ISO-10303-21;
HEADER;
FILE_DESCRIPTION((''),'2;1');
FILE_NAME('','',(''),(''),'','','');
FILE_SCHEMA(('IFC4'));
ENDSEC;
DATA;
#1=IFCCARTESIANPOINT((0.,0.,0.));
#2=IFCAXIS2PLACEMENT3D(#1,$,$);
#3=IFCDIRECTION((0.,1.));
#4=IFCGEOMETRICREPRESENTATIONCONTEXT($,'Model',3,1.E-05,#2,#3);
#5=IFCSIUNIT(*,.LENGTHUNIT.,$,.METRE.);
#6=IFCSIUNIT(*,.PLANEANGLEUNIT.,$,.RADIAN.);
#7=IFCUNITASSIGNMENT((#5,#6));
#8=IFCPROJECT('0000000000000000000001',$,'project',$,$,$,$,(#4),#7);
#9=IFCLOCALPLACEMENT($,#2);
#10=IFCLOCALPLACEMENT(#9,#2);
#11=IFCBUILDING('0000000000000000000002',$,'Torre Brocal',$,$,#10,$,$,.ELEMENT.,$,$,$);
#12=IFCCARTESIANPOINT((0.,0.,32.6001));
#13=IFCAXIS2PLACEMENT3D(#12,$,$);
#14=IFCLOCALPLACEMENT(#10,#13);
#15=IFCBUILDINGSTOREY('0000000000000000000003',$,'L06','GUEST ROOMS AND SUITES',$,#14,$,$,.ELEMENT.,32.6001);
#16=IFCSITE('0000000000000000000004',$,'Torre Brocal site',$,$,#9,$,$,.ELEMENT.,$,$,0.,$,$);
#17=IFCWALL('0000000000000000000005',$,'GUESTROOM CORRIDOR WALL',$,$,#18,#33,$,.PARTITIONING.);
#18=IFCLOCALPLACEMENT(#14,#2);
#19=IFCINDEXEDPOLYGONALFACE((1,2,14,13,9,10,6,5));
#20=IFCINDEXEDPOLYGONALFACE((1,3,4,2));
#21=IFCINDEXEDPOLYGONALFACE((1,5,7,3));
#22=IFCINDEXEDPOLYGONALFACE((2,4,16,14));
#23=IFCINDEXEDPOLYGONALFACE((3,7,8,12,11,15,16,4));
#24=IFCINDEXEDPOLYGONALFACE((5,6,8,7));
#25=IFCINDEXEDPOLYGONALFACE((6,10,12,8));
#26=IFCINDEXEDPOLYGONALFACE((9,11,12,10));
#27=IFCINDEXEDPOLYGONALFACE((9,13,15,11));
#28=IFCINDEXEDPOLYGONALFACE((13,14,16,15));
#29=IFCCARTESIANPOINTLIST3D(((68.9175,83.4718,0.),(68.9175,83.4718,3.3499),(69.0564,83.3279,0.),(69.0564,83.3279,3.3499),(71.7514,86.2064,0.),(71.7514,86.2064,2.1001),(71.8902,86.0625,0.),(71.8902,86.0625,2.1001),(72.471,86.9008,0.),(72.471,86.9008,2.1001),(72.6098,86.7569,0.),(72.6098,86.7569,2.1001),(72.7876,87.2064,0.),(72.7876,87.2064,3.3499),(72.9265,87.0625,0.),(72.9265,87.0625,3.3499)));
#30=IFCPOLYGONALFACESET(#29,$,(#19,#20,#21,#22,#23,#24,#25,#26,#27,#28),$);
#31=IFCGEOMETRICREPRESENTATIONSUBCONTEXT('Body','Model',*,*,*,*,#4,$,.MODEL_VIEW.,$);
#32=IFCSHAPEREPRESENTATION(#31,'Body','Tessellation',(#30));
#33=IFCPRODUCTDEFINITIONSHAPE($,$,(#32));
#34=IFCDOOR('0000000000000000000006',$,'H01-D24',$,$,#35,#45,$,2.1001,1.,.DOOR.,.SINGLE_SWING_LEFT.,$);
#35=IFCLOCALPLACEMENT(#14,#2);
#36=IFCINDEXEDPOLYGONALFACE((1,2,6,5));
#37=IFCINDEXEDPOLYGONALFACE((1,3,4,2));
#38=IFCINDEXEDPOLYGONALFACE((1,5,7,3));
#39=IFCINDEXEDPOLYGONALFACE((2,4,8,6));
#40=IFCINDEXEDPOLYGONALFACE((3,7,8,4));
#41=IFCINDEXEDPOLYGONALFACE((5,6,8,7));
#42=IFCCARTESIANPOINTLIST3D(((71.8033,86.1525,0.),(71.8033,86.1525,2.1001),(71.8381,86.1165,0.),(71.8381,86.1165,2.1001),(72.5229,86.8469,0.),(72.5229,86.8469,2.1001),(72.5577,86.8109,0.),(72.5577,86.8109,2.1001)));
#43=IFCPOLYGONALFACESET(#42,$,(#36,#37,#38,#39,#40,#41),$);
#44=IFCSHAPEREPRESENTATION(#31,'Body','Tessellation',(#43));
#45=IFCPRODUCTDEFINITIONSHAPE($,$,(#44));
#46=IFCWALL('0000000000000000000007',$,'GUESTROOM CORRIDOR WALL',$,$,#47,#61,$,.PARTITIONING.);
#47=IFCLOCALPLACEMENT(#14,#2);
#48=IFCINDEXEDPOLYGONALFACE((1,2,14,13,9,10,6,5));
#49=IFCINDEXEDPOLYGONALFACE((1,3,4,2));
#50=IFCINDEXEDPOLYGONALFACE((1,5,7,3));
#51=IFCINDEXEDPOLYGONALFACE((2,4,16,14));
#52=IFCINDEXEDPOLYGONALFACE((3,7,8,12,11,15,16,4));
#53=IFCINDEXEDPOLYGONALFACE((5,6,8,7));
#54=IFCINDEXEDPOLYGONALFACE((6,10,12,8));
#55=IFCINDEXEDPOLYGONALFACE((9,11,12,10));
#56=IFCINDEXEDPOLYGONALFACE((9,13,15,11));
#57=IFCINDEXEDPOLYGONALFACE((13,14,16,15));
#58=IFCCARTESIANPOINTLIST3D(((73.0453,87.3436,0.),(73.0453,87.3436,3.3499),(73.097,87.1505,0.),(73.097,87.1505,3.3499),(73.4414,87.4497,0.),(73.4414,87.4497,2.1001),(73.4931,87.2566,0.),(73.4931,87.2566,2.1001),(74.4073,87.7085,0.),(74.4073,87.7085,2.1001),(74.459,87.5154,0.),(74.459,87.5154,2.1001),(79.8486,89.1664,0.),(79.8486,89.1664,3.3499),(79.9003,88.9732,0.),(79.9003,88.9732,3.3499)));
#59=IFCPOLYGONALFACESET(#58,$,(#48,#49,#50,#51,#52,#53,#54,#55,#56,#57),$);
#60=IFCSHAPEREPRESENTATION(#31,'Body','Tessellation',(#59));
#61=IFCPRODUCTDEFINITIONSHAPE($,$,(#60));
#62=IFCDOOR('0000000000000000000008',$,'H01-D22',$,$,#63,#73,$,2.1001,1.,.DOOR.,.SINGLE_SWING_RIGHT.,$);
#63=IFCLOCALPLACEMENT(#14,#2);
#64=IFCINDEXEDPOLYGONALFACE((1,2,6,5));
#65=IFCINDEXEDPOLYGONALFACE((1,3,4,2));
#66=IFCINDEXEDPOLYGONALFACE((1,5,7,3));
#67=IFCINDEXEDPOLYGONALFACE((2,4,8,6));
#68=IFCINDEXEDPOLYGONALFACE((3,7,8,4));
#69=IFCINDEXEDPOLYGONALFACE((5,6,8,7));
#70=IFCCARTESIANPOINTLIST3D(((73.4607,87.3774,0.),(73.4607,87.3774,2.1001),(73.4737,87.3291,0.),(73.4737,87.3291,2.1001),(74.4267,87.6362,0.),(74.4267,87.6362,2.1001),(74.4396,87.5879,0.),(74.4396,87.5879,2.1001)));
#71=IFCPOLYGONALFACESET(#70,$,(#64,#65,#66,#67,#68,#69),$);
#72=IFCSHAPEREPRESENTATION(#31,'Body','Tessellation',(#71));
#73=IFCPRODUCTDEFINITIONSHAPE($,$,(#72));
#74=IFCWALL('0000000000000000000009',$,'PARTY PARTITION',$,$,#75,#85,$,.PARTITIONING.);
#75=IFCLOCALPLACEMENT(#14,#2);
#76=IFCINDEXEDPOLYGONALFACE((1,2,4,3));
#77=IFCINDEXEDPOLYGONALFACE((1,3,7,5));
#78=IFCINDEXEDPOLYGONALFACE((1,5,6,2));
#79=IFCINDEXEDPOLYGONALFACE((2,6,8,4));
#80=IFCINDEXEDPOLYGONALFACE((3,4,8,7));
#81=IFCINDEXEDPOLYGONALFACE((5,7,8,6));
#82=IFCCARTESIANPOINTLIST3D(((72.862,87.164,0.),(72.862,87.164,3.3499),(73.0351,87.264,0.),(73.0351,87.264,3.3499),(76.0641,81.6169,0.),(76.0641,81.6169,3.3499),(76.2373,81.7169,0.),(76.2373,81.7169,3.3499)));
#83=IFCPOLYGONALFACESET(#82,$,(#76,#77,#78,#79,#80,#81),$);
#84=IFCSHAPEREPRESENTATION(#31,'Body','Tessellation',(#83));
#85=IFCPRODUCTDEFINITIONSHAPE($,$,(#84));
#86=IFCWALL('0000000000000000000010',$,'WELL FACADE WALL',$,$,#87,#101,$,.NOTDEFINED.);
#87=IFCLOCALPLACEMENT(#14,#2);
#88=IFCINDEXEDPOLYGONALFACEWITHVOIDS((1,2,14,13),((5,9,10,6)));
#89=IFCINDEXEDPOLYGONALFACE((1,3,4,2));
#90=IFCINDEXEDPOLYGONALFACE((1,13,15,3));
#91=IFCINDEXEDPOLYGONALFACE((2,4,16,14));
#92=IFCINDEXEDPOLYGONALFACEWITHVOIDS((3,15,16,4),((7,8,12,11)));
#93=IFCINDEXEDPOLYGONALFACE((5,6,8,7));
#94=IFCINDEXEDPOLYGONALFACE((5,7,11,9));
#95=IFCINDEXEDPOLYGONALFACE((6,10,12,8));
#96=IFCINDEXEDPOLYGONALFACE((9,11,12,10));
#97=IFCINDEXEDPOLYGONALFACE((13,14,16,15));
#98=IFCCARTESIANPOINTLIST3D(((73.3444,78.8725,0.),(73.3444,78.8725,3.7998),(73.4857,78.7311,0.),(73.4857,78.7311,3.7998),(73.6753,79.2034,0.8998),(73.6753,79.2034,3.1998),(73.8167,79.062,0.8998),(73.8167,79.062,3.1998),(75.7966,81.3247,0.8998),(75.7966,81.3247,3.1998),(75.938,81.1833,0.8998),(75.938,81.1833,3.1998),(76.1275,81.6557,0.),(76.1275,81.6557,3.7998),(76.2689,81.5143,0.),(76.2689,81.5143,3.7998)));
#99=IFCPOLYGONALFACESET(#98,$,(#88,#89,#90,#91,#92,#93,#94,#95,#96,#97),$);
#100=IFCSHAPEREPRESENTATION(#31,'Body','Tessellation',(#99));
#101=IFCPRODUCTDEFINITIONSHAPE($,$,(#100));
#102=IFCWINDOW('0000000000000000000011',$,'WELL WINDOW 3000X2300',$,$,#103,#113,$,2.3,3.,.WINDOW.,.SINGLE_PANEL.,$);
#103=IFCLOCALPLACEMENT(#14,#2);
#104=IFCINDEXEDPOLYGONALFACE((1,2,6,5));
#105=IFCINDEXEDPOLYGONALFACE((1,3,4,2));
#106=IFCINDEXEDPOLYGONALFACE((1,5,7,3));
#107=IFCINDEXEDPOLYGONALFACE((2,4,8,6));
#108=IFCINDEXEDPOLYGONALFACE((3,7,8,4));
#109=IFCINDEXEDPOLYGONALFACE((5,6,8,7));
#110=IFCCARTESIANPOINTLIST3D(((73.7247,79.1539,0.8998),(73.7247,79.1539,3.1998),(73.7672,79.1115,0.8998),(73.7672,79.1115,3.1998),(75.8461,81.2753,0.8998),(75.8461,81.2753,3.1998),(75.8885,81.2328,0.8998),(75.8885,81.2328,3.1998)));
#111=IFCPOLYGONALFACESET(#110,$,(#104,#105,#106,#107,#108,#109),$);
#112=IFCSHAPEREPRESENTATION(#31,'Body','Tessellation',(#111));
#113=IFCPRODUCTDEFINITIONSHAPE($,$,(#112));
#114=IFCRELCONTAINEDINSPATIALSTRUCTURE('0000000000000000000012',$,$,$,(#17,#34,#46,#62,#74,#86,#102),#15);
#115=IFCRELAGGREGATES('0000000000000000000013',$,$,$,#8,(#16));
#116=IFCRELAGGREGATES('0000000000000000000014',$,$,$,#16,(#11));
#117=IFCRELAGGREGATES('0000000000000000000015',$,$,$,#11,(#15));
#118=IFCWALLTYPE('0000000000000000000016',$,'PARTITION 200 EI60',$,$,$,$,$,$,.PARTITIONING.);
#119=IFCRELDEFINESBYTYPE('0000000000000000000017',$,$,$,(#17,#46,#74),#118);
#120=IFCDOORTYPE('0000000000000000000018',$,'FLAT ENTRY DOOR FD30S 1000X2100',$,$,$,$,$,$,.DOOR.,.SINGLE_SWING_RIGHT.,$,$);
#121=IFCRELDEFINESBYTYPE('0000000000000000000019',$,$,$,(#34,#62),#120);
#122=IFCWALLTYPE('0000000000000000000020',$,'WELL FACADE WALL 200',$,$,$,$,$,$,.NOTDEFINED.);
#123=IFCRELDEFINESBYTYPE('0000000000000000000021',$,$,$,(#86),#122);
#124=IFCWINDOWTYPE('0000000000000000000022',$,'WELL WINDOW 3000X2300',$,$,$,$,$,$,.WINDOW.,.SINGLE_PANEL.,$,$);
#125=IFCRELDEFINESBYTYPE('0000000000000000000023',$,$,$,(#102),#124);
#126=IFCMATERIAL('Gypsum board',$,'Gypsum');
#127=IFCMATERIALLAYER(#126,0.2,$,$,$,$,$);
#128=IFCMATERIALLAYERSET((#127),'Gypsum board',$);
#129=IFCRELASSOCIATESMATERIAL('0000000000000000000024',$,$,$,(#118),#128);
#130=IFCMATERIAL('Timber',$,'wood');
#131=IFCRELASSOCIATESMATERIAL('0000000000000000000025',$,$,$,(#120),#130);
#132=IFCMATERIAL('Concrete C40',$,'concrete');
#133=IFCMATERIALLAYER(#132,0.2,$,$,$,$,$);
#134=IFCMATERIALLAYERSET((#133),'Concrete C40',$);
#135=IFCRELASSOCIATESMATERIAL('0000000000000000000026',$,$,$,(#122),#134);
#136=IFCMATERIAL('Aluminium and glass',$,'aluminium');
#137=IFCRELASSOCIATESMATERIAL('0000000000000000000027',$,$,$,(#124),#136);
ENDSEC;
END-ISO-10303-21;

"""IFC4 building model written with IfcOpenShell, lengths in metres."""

from ifc_helpers import new_model, si_unit, direction, frame, frame_2d, origin, place, context, subcontext, project, spatial, rectangle, extrude, material, layer, layer_set, type_object, element, fill, save


model = new_model("IFC4")

# Units and contexts
model_context = context("Model", 3, precision=1e-05, world=origin(), true_north=direction((0.0, 1.0)))
body_context = subcontext(model_context, "Body", "Model", "MODEL_VIEW")
ifc_project = project(units=[si_unit("LENGTHUNIT", "METRE"), si_unit("PLANEANGLEUNIT", "RADIAN")], contexts=[model_context])

# Site, building, storey
site_placement = place(None, origin())
site = spatial("IfcSite", under=ifc_project, at=site_placement, Name="Torre Brocal site", CompositionType="ELEMENT", RefElevation=0.0)
building_placement = place(site_placement, origin())
building = spatial("IfcBuilding", under=site, at=building_placement, Name="Torre Brocal", CompositionType="ELEMENT")
storey_placement = place(building_placement, frame((0.0, 0.0, 32.6001)))
storey = spatial("IfcBuildingStorey", under=building, at=storey_placement, Name="L06", Description="GUEST ROOMS AND SUITES", CompositionType="ELEMENT", Elevation=32.6001)

# Walls, openings, doors
ifc_material_1 = material(Name="Gypsum board", Category="Gypsum")
ifc_layer_1 = layer(ifc_material_1, 0.2)
ifc_layer_set_1 = layer_set([ifc_layer_1], Name="Gypsum board")
wall_type_1 = type_object("IfcWallType", Name="PARTITION 200 EI60", PredefinedType="PARTITIONING", material=ifc_layer_set_1)
ifc_material_2 = material(Name="Timber", Category="wood")
door_type_1 = type_object("IfcDoorType", Name="FLAT ENTRY DOOR FD30S 1000X2100", OperationType="SINGLE_SWING_RIGHT", PredefinedType="DOOR", material=ifc_material_2)
wall_1_placement = place(storey_placement, frame((68.9871, 83.3999, 0.0), z_axis=(0.0, 0.0, 1.0), x_axis=(0.719592, 0.694398, 0.0)))
wall_1 = element("IfcWall", 1, at=wall_1_placement, inside=storey, type_object=wall_type_1, Name="GUESTROOM CORRIDOR WALL", PredefinedType="PARTITIONING", context=body_context, shape_type="SweptSolid", body=[
    extrude(rectangle(XDim=5.3782, YDim=0.2, at=frame_2d((2.689, 0.0))), origin(), (0.0, 0.0, 1.0), 3.3499),
])
opening_1_placement = place(wall_1_placement, frame((3.938, 0.0, 0.0)))
opening_1 = element("IfcOpeningElement", 2, at=opening_1_placement, cuts=wall_1, PredefinedType="OPENING", context=body_context, shape_type="SweptSolid", body=[
    extrude(rectangle(XDim=1.0, YDim=2.1001, at=frame_2d((0.5, 1.05))), frame((0.0, 0.1099, 0.0), z_axis=(0.0, -1.0, 0.0), x_axis=(1.0, 0.0, 0.0)), (0.0, 0.0, 1.0), 0.22),
])
door_1_placement = place(opening_1_placement, frame((1.0, 0.0, 0.0), z_axis=(0.0, 0.0, 1.0), x_axis=(-1.0, 0.0, 0.0)))
door_1 = element("IfcDoor", 3, at=door_1_placement, inside=storey, type_object=door_type_1, Name="H01-D24", OperationType="SINGLE_SWING_LEFT", OverallHeight=2.1001, OverallWidth=1.0, PredefinedType="DOOR", context=body_context, shape_type="SweptSolid", body=[
    extrude(rectangle(XDim=1.0, YDim=2.1001, at=frame_2d((0.5, 1.05))), frame((0.0, 0.0249, 0.0), z_axis=(0.0, -1.0, 0.0), x_axis=(1.0, 0.0, 0.0)), (0.0, 0.0, 1.0), 0.05),
])
fill(opening_1, door_1)
wall_2_placement = place(storey_placement, frame((73.0713, 87.2471, 0.0), z_axis=(0.0, 0.0, 1.0), x_axis=(0.965932, 0.258797, 0.0)))
wall_2 = element("IfcWall", 4, at=wall_2_placement, inside=storey, type_object=wall_type_1, Name="GUESTROOM CORRIDOR WALL", PredefinedType="PARTITIONING", context=body_context, shape_type="SweptSolid", body=[
    extrude(rectangle(XDim=7.0432, YDim=0.2, at=frame_2d((3.5215, 0.0))), origin(), (0.0, 0.0, 1.0), 3.3499),
])
opening_2_placement = place(wall_2_placement, frame((0.4099, 0.0, 0.0)))
opening_2 = element("IfcOpeningElement", 5, at=opening_2_placement, cuts=wall_2, PredefinedType="OPENING", context=body_context, shape_type="SweptSolid", body=[
    extrude(rectangle(XDim=1.0, YDim=2.1001, at=frame_2d((0.5, 1.05))), frame((0.0, 0.1099, 0.0), z_axis=(0.0, -1.0, 0.0), x_axis=(1.0, 0.0, 0.0)), (0.0, 0.0, 1.0), 0.22),
])
door_2_placement = place(opening_2_placement, frame((1.0, 0.0, 0.0), z_axis=(0.0, 0.0, 1.0), x_axis=(-1.0, 0.0, 0.0)))
door_2 = element("IfcDoor", 6, at=door_2_placement, inside=storey, type_object=door_type_1, Name="H01-D22", OperationType="SINGLE_SWING_RIGHT", OverallHeight=2.1001, OverallWidth=1.0, PredefinedType="DOOR", context=body_context, shape_type="SweptSolid", body=[
    extrude(rectangle(XDim=1.0, YDim=2.1001, at=frame_2d((0.5, 1.05))), frame((0.0, 0.0249, 0.0), z_axis=(0.0, -1.0, 0.0), x_axis=(1.0, 0.0, 0.0)), (0.0, 0.0, 1.0), 0.05),
])
fill(opening_2, door_2)

# Wall
wall_3_placement = place(storey_placement, frame((72.9485, 87.2141, 0.0), z_axis=(0.0, 0.0, 1.0), x_axis=(0.499944, -0.866058, 0.0)))
element("IfcWall", 7, at=wall_3_placement, inside=storey, type_object=wall_type_1, Name="PARTY PARTITION", PredefinedType="PARTITIONING", context=body_context, shape_type="SweptSolid", body=[
    extrude(rectangle(XDim=6.405, YDim=0.2, at=frame_2d((3.2026, 0.0))), origin(), (0.0, 0.0, 1.0), 3.3499),
])

# Wall, opening, window
ifc_material_3 = material(Name="Concrete C40", Category="concrete")
ifc_layer_2 = layer(ifc_material_3, 0.2)
ifc_layer_set_2 = layer_set([ifc_layer_2], Name="Concrete C40")
wall_type_2 = type_object("IfcWallType", Name="WELL FACADE WALL 200", PredefinedType="NOTDEFINED", material=ifc_layer_set_2)
wall_4_placement = place(storey_placement, frame((76.1982, 81.585, 0.0), z_axis=(0.0, 0.0, 1.0), x_axis=(-0.707107, -0.707107, 0.0)))
wall_4 = element("IfcWall", 8, at=wall_4_placement, inside=storey, type_object=wall_type_2, Name="WELL FACADE WALL", PredefinedType="NOTDEFINED", context=body_context, shape_type="SweptSolid", body=[
    extrude(rectangle(XDim=3.936, YDim=0.2, at=frame_2d((1.968, 0.0))), origin(), (0.0, 0.0, 1.0), 3.7998),
])
opening_3_placement = place(wall_4_placement, frame((0.468, 0.0, 0.8999)))
opening_3 = element("IfcOpeningElement", 9, at=opening_3_placement, cuts=wall_4, PredefinedType="OPENING", context=body_context, shape_type="SweptSolid", body=[
    extrude(rectangle(XDim=3.0, YDim=2.3, at=frame_2d((1.5, 1.1499))), frame((0.0, 0.1099, 0.0), z_axis=(0.0, -1.0, 0.0), x_axis=(1.0, 0.0, 0.0)), (0.0, 0.0, 1.0), 0.22),
])
ifc_material_4 = material(Name="Aluminium and glass", Category="aluminium")
window_type = type_object("IfcWindowType", Name="WELL WINDOW 3000X2300", PartitioningType="SINGLE_PANEL", PredefinedType="WINDOW", material=ifc_material_4)
window_placement = place(opening_3_placement, origin())
window = element("IfcWindow", 10, at=window_placement, inside=storey, type_object=window_type, Name="WELL WINDOW 3000X2300", OverallHeight=2.3, OverallWidth=3.0, PartitioningType="SINGLE_PANEL", PredefinedType="WINDOW", context=body_context, shape_type="SweptSolid", body=[
    extrude(rectangle(XDim=3.0, YDim=2.3, at=frame_2d((1.5, 1.1499))), frame((0.0, 0.03, 0.0), z_axis=(0.0, -1.0, 0.0), x_axis=(1.0, 0.0, 0.0)), (0.0, 0.0, 1.0), 0.0601),
])
fill(opening_3, window)

save(model, "model.ifc")
